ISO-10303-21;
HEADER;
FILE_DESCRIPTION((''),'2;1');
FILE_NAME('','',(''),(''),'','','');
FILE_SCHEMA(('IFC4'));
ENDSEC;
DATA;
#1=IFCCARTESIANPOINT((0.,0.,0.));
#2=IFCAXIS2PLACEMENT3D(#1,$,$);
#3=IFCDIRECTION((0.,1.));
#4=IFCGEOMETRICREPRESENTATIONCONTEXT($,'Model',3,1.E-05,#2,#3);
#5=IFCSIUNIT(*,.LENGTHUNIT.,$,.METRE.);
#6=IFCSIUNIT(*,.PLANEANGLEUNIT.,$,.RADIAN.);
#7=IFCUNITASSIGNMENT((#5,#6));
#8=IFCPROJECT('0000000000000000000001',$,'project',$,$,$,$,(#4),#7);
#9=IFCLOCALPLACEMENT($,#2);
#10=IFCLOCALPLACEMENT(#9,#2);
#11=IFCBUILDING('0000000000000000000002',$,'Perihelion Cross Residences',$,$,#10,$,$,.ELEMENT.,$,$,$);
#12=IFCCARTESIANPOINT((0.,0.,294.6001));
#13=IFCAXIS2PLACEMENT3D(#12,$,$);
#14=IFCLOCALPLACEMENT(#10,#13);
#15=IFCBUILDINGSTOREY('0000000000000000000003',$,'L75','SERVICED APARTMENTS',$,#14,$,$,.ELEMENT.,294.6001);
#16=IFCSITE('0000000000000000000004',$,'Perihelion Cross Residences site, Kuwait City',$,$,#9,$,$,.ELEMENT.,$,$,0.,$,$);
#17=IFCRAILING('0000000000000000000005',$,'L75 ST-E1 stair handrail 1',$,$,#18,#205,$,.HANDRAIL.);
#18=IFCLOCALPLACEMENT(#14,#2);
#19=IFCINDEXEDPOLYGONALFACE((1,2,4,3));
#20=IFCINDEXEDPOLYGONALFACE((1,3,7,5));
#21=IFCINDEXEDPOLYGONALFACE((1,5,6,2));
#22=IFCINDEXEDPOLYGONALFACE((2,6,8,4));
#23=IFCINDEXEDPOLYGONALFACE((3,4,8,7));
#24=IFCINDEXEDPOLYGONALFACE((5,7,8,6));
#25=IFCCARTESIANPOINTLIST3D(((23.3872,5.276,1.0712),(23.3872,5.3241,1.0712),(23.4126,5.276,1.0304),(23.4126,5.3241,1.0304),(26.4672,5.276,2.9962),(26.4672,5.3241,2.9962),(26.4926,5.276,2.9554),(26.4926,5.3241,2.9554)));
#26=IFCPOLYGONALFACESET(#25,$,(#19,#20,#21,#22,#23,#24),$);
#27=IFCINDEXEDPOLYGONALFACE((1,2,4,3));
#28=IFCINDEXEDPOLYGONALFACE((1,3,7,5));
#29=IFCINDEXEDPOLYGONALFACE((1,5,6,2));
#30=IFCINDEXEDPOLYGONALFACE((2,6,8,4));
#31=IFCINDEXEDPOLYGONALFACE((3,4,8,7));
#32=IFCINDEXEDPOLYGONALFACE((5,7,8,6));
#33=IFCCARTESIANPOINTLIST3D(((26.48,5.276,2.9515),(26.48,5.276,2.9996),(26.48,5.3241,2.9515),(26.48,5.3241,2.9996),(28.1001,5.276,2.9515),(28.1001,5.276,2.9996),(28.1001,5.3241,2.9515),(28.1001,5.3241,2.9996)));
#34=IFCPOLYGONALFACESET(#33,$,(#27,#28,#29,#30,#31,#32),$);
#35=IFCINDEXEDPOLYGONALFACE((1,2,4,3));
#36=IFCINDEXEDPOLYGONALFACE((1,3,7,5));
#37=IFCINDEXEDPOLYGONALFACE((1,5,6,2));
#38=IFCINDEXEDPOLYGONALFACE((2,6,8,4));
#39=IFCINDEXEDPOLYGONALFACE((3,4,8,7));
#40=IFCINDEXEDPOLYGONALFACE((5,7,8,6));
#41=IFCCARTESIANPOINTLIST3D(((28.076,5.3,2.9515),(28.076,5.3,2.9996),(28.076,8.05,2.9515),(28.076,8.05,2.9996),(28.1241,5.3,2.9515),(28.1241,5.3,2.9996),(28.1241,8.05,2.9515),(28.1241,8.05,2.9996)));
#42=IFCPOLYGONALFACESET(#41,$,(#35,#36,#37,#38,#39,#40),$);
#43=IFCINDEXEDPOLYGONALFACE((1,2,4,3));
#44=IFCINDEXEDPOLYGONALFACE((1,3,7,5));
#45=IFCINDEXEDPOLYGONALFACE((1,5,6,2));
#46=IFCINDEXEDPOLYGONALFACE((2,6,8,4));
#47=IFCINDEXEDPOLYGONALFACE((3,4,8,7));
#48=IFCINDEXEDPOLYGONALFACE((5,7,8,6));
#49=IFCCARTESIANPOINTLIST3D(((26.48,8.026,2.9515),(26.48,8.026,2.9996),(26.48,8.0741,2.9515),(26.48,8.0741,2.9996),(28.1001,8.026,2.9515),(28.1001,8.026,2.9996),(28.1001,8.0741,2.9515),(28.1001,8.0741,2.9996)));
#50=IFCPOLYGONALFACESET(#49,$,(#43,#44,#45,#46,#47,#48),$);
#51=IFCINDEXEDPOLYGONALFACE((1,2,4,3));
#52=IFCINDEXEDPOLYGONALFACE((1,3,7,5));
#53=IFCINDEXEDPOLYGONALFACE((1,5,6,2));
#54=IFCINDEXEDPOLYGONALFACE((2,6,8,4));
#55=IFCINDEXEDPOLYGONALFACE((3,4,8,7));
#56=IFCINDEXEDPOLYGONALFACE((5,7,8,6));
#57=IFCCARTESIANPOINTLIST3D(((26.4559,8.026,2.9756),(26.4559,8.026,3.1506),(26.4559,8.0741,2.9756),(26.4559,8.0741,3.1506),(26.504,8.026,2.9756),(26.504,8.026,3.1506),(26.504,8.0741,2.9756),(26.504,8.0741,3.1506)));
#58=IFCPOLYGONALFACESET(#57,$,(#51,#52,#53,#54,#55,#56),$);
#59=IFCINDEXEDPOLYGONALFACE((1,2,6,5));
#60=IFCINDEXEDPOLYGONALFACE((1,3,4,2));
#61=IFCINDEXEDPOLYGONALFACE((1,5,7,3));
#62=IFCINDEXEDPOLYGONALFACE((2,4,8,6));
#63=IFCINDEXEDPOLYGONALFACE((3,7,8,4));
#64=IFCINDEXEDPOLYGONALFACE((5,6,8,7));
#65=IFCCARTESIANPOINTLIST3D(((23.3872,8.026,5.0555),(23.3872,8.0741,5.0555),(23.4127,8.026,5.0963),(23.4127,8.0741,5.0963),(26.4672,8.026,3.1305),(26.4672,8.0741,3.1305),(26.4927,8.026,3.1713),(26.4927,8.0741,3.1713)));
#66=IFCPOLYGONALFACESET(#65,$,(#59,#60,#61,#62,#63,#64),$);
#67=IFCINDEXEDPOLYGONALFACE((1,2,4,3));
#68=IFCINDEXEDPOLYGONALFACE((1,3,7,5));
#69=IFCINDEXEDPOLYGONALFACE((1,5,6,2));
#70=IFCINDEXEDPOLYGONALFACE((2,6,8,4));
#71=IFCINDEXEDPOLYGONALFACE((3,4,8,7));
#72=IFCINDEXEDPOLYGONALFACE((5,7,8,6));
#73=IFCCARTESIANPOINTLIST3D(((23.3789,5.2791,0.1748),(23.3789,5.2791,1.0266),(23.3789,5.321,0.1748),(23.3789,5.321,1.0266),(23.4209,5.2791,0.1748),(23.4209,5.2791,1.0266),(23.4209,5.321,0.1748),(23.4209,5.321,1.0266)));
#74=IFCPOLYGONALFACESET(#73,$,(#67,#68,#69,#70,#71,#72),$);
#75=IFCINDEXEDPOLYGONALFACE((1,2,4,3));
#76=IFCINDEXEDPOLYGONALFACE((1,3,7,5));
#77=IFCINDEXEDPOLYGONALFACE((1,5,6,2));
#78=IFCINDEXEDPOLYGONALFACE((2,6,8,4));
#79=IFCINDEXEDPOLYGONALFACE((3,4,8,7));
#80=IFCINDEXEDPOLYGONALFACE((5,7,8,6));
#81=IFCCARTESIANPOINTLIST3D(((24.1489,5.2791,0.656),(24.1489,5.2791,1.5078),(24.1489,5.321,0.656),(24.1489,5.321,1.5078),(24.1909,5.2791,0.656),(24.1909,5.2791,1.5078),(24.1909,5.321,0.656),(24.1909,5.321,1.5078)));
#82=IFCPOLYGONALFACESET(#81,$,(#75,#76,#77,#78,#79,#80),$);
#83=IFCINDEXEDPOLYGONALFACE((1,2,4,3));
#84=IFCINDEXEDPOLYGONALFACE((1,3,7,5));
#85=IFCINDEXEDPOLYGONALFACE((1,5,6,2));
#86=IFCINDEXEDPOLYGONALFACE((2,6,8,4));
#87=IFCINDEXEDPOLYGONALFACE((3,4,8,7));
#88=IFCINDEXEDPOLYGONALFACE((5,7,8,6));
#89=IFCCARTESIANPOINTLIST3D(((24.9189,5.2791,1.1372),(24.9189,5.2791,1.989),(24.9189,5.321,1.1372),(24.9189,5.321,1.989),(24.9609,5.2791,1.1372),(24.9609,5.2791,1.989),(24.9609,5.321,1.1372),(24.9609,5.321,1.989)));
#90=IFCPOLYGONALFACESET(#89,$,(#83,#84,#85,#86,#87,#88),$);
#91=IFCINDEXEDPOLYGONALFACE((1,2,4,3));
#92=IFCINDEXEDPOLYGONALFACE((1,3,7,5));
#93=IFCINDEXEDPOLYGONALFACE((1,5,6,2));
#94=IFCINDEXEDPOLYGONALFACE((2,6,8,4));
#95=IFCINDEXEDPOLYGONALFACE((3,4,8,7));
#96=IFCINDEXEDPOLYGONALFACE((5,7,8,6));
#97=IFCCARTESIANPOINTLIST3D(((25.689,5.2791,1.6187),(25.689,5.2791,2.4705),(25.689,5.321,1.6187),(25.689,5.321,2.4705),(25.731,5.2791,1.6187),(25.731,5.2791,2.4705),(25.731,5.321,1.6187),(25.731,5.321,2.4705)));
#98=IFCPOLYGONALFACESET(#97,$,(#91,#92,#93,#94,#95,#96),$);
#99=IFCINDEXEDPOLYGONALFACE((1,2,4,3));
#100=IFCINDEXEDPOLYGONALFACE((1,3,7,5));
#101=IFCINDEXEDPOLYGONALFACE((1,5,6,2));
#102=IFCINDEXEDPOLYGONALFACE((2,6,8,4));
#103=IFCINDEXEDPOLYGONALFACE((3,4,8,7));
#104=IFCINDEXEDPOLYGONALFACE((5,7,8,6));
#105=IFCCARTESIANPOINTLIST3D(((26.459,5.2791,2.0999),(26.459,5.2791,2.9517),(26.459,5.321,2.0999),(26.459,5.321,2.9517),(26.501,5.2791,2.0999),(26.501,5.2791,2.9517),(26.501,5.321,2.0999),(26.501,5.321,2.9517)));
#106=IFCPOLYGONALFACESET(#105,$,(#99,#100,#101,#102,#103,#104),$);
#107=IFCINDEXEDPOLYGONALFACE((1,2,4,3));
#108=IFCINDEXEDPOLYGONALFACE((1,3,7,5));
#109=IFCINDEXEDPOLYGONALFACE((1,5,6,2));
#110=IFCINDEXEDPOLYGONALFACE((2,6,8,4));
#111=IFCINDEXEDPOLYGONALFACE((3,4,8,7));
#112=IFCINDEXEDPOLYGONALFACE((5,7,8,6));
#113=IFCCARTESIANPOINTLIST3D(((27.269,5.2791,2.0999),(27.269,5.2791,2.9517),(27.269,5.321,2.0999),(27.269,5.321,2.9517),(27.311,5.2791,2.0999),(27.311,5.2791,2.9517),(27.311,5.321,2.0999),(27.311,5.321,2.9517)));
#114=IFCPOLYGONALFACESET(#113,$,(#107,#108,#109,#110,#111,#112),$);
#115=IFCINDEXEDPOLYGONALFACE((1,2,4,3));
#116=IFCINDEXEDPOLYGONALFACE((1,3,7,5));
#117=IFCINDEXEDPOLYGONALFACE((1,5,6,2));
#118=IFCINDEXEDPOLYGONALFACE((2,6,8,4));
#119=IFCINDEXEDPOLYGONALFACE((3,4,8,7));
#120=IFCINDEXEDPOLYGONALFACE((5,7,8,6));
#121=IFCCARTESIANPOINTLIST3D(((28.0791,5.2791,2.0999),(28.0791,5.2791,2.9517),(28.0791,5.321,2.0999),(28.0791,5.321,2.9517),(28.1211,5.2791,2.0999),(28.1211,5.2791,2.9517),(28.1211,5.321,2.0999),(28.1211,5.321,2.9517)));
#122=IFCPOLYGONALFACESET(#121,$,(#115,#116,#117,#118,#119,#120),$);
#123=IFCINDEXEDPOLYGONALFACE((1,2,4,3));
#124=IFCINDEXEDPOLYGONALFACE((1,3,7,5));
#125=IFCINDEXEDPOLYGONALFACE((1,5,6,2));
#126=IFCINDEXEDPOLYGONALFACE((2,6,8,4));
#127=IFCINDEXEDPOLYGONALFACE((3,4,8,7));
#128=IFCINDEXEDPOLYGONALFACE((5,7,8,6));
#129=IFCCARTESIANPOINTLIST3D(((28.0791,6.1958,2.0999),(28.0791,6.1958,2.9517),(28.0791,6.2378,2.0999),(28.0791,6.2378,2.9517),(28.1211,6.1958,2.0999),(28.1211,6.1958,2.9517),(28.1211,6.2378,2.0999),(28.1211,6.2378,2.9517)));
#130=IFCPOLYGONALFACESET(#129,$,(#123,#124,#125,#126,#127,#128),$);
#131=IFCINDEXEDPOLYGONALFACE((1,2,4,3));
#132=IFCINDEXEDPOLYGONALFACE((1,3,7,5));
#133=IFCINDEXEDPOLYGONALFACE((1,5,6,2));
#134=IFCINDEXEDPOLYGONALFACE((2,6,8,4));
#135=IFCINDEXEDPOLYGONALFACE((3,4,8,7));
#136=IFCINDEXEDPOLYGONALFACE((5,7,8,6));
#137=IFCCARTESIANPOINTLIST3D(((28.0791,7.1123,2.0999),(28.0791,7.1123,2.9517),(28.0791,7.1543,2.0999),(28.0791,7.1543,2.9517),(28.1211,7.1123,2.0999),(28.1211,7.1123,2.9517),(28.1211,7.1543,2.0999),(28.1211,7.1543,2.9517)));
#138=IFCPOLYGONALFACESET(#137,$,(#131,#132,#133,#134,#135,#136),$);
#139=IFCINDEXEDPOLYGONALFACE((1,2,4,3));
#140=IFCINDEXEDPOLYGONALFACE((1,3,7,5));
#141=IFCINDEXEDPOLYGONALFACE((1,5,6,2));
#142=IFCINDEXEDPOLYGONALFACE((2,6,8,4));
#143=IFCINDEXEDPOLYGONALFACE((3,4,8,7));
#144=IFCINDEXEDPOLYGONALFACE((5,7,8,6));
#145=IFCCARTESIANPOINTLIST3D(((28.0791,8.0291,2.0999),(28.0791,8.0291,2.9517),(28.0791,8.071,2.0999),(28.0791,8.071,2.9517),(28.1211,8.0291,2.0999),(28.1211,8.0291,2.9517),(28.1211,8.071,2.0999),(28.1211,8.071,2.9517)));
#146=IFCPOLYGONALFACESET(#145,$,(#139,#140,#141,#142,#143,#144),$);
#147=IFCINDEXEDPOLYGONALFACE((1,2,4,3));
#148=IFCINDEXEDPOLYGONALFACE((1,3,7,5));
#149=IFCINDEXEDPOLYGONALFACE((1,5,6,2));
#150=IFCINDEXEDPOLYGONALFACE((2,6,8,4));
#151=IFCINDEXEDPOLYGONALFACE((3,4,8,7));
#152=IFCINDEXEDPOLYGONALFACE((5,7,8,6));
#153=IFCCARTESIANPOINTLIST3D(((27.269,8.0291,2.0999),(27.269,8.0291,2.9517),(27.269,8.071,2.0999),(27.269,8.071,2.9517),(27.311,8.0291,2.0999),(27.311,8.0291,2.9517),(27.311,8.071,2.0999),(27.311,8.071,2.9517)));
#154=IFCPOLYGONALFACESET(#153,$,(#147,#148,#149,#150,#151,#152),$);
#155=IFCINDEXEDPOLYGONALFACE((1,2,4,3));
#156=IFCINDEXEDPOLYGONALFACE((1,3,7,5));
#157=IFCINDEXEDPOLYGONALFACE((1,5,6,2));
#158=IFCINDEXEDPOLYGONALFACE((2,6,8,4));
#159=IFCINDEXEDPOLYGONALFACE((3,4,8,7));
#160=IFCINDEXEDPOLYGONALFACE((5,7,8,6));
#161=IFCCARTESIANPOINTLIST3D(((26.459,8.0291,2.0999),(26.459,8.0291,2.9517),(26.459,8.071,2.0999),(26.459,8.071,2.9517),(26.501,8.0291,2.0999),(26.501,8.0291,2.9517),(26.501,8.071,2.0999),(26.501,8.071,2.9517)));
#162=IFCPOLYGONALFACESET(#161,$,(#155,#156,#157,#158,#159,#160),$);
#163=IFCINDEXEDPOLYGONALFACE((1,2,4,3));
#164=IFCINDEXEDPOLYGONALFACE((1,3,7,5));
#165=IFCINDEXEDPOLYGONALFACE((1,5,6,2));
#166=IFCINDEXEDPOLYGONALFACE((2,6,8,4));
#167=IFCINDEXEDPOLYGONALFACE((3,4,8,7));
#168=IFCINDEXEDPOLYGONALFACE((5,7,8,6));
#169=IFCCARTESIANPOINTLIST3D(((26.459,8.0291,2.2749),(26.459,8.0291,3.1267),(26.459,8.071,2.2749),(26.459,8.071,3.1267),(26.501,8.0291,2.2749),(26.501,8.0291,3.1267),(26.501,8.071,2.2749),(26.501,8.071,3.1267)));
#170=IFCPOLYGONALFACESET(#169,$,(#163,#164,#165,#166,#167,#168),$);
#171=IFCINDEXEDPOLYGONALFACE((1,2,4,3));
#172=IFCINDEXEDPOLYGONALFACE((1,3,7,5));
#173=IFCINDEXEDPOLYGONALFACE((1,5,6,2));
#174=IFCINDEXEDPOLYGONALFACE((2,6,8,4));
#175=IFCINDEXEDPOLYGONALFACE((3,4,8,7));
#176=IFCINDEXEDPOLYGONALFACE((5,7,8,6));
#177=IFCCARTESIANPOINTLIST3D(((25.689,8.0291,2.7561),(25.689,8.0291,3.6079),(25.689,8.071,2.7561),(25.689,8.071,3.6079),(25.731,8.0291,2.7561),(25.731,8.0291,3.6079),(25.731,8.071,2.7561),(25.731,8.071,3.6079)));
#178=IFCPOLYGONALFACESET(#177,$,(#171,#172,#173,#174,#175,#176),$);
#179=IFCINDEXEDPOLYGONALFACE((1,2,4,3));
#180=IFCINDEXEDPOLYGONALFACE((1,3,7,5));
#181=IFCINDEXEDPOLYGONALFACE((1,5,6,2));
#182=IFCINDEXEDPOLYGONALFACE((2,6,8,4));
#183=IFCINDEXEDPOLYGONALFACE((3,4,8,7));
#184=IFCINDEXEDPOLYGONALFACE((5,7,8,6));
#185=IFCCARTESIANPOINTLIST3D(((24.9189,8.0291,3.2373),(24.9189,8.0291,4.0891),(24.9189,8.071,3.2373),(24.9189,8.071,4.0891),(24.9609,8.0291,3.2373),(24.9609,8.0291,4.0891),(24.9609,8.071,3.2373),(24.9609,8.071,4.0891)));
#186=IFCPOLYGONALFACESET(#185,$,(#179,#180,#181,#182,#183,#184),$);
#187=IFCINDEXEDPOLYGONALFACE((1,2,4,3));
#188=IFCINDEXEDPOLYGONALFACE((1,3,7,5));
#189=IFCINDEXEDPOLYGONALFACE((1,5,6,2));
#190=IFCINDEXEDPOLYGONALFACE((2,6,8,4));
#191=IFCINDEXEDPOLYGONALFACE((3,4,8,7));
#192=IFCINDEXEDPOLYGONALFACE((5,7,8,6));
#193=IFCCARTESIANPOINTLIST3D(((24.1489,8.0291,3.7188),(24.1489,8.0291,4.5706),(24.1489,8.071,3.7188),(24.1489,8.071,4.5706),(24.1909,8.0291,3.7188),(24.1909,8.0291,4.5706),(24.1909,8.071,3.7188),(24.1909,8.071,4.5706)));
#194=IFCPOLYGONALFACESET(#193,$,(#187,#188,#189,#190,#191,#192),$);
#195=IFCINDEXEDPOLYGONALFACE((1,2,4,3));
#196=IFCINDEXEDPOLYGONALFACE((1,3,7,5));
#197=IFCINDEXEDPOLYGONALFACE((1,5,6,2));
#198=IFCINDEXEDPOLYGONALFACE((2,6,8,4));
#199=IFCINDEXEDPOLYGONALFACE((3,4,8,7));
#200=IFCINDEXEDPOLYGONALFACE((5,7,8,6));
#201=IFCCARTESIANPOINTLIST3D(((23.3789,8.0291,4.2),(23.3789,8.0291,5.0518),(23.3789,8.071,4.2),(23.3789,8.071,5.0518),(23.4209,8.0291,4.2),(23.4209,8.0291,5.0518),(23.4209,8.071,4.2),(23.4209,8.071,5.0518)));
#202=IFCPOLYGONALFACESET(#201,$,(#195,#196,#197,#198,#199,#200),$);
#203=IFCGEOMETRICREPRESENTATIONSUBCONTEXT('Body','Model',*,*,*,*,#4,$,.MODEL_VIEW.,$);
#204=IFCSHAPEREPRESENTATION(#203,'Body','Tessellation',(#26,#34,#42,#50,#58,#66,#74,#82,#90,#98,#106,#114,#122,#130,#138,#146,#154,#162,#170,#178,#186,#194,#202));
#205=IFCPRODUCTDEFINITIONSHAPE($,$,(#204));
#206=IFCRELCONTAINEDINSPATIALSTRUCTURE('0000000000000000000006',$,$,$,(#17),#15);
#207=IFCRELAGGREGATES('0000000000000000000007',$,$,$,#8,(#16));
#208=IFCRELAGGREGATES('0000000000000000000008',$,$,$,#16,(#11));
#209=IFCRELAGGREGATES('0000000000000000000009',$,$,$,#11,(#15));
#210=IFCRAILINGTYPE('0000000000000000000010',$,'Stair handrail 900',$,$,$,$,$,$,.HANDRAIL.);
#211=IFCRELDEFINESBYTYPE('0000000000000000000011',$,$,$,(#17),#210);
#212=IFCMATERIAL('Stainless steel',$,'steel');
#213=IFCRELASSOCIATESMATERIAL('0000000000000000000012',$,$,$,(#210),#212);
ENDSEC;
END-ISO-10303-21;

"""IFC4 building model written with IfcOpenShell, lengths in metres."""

from ifc_helpers import new_model, si_unit, direction, frame, origin, origin_2d, place, context, subcontext, project, spatial, rectangle, extrude, material, type_object, element, save


model = new_model("IFC4")

# Units and contexts
model_context = context("Model", 3, precision=1e-05, world=origin(), true_north=direction((0.0, 1.0)))
body_context = subcontext(model_context, "Body", "Model", "MODEL_VIEW")
ifc_project = project(units=[si_unit("LENGTHUNIT", "METRE"), si_unit("PLANEANGLEUNIT", "RADIAN")], contexts=[model_context])

# Site, building, storey
site_placement = place(None, origin())
site = spatial("IfcSite", under=ifc_project, at=site_placement, Name="Perihelion Cross Residences site, Kuwait City", CompositionType="ELEMENT", RefElevation=0.0)
building_placement = place(site_placement, origin())
building = spatial("IfcBuilding", under=site, at=building_placement, Name="Perihelion Cross Residences", CompositionType="ELEMENT")
storey_placement = place(building_placement, frame((0.0, 0.0, 294.6001)))
storey = spatial("IfcBuildingStorey", under=building, at=storey_placement, Name="L75", Description="SERVICED APARTMENTS", CompositionType="ELEMENT", Elevation=294.6001)

# Railing
ifc_material_1 = material(Name="Stainless steel", Category="steel")
railing_type_1 = type_object("IfcRailingType", Name="Stair handrail 900", PredefinedType="HANDRAIL", material=ifc_material_1)
railing_1_placement = place(storey_placement, frame((23.3999, 5.3, 0.1748)))
element("IfcRailing", 1, at=railing_1_placement, inside=storey, type_object=railing_type_1, Name="L75 ST-E1 stair handrail 1", PredefinedType="HANDRAIL", context=body_context, shape_type="SweptSolid", body=[
    extrude(rectangle(XDim=0.0481, YDim=0.0481, at=origin_2d()), frame((0.0, 0.0, 0.876), z_axis=(0.847998, 0.0, 0.529999), x_axis=(0.0, 1.0, 0.0)), (0.0, 0.0, 1.0), 3.6321),
    extrude(rectangle(XDim=0.0481, YDim=0.0481, at=origin_2d()), frame((3.0801, 0.0, 2.8008), z_axis=(1.0, 0.0, 0.0), x_axis=(0.0, 1.0, 0.0)), (0.0, 0.0, 1.0), 1.6201),
    extrude(rectangle(XDim=0.0481, YDim=0.0481, at=origin_2d()), frame((4.7002, 0.0, 2.8008), z_axis=(0.0, 1.0, 0.0), x_axis=(-1.0, 0.0, 0.0)), (0.0, 0.0, 1.0), 2.75),
    extrude(rectangle(XDim=0.0481, YDim=0.0481, at=origin_2d()), frame((4.7002, 2.75, 2.8008), z_axis=(-1.0, 0.0, 0.0), x_axis=(0.0, -1.0, 0.0)), (0.0, 0.0, 1.0), 1.6201),
    extrude(rectangle(XDim=0.0481, YDim=0.0481, at=origin_2d()), frame((3.0801, 2.75, 2.8008), z_axis=(0.0, 0.0, 1.0), x_axis=(1.0, 0.0, 0.0)), (0.0, 0.0, 1.0), 0.175),
    extrude(rectangle(XDim=0.0481, YDim=0.0481, at=origin_2d()), frame((3.0801, 2.75, 2.9761), z_axis=(-0.847998, 0.0, 0.529999), x_axis=(0.0, -1.0, 0.0)), (0.0, 0.0, 1.0), 3.6321),
    extrude(rectangle(XDim=0.042, YDim=0.042, at=origin_2d()), origin(), (0.0, 0.0, 1.0), 0.8518),
    extrude(rectangle(XDim=0.042, YDim=0.042, at=origin_2d()), frame((0.77, 0.0, 0.4812)), (0.0, 0.0, 1.0), 0.8518),
    extrude(rectangle(XDim=0.042, YDim=0.042, at=origin_2d()), frame((1.54, 0.0, 0.9624)), (0.0, 0.0, 1.0), 0.8518),
    extrude(rectangle(XDim=0.042, YDim=0.042, at=origin_2d()), frame((2.3101, 0.0, 1.4438)), (0.0, 0.0, 1.0), 0.8518),
    extrude(rectangle(XDim=0.042, YDim=0.042, at=origin_2d()), frame((3.0801, 0.0, 1.925)), (0.0, 0.0, 1.0), 0.8518),
    extrude(rectangle(XDim=0.042, YDim=0.042, at=origin_2d()), frame((3.8901, 0.0, 1.925)), (0.0, 0.0, 1.0), 0.8518),
    extrude(rectangle(XDim=0.042, YDim=0.042, at=origin_2d()), frame((4.7002, 0.0, 1.925)), (0.0, 0.0, 1.0), 0.8518),
    extrude(rectangle(XDim=0.042, YDim=0.042, at=origin_2d()), frame((4.7002, 0.9167, 1.925)), (0.0, 0.0, 1.0), 0.8518),
    extrude(rectangle(XDim=0.042, YDim=0.042, at=origin_2d()), frame((4.7002, 1.8333, 1.925)), (0.0, 0.0, 1.0), 0.8518),
    extrude(rectangle(XDim=0.042, YDim=0.042, at=origin_2d()), frame((4.7002, 2.75, 1.925)), (0.0, 0.0, 1.0), 0.8518),
    extrude(rectangle(XDim=0.042, YDim=0.042, at=origin_2d()), frame((3.8901, 2.75, 1.925)), (0.0, 0.0, 1.0), 0.8518),
    extrude(rectangle(XDim=0.042, YDim=0.042, at=origin_2d()), frame((3.0801, 2.75, 1.925)), (0.0, 0.0, 1.0), 0.8518),
    extrude(rectangle(XDim=0.042, YDim=0.042, at=origin_2d()), frame((3.0801, 2.75, 2.1001)), (0.0, 0.0, 1.0), 0.8518),
    extrude(rectangle(XDim=0.042, YDim=0.042, at=origin_2d()), frame((2.3101, 2.75, 2.5813)), (0.0, 0.0, 1.0), 0.8518),
    extrude(rectangle(XDim=0.042, YDim=0.042, at=origin_2d()), frame((1.54, 2.75, 3.0625)), (0.0, 0.0, 1.0), 0.8518),
    extrude(rectangle(XDim=0.042, YDim=0.042, at=origin_2d()), frame((0.77, 2.75, 3.5439)), (0.0, 0.0, 1.0), 0.8518),
    extrude(rectangle(XDim=0.042, YDim=0.042, at=origin_2d()), frame((0.0, 2.75, 4.0251)), (0.0, 0.0, 1.0), 0.8518),
])

save(model, "model.ifc")
